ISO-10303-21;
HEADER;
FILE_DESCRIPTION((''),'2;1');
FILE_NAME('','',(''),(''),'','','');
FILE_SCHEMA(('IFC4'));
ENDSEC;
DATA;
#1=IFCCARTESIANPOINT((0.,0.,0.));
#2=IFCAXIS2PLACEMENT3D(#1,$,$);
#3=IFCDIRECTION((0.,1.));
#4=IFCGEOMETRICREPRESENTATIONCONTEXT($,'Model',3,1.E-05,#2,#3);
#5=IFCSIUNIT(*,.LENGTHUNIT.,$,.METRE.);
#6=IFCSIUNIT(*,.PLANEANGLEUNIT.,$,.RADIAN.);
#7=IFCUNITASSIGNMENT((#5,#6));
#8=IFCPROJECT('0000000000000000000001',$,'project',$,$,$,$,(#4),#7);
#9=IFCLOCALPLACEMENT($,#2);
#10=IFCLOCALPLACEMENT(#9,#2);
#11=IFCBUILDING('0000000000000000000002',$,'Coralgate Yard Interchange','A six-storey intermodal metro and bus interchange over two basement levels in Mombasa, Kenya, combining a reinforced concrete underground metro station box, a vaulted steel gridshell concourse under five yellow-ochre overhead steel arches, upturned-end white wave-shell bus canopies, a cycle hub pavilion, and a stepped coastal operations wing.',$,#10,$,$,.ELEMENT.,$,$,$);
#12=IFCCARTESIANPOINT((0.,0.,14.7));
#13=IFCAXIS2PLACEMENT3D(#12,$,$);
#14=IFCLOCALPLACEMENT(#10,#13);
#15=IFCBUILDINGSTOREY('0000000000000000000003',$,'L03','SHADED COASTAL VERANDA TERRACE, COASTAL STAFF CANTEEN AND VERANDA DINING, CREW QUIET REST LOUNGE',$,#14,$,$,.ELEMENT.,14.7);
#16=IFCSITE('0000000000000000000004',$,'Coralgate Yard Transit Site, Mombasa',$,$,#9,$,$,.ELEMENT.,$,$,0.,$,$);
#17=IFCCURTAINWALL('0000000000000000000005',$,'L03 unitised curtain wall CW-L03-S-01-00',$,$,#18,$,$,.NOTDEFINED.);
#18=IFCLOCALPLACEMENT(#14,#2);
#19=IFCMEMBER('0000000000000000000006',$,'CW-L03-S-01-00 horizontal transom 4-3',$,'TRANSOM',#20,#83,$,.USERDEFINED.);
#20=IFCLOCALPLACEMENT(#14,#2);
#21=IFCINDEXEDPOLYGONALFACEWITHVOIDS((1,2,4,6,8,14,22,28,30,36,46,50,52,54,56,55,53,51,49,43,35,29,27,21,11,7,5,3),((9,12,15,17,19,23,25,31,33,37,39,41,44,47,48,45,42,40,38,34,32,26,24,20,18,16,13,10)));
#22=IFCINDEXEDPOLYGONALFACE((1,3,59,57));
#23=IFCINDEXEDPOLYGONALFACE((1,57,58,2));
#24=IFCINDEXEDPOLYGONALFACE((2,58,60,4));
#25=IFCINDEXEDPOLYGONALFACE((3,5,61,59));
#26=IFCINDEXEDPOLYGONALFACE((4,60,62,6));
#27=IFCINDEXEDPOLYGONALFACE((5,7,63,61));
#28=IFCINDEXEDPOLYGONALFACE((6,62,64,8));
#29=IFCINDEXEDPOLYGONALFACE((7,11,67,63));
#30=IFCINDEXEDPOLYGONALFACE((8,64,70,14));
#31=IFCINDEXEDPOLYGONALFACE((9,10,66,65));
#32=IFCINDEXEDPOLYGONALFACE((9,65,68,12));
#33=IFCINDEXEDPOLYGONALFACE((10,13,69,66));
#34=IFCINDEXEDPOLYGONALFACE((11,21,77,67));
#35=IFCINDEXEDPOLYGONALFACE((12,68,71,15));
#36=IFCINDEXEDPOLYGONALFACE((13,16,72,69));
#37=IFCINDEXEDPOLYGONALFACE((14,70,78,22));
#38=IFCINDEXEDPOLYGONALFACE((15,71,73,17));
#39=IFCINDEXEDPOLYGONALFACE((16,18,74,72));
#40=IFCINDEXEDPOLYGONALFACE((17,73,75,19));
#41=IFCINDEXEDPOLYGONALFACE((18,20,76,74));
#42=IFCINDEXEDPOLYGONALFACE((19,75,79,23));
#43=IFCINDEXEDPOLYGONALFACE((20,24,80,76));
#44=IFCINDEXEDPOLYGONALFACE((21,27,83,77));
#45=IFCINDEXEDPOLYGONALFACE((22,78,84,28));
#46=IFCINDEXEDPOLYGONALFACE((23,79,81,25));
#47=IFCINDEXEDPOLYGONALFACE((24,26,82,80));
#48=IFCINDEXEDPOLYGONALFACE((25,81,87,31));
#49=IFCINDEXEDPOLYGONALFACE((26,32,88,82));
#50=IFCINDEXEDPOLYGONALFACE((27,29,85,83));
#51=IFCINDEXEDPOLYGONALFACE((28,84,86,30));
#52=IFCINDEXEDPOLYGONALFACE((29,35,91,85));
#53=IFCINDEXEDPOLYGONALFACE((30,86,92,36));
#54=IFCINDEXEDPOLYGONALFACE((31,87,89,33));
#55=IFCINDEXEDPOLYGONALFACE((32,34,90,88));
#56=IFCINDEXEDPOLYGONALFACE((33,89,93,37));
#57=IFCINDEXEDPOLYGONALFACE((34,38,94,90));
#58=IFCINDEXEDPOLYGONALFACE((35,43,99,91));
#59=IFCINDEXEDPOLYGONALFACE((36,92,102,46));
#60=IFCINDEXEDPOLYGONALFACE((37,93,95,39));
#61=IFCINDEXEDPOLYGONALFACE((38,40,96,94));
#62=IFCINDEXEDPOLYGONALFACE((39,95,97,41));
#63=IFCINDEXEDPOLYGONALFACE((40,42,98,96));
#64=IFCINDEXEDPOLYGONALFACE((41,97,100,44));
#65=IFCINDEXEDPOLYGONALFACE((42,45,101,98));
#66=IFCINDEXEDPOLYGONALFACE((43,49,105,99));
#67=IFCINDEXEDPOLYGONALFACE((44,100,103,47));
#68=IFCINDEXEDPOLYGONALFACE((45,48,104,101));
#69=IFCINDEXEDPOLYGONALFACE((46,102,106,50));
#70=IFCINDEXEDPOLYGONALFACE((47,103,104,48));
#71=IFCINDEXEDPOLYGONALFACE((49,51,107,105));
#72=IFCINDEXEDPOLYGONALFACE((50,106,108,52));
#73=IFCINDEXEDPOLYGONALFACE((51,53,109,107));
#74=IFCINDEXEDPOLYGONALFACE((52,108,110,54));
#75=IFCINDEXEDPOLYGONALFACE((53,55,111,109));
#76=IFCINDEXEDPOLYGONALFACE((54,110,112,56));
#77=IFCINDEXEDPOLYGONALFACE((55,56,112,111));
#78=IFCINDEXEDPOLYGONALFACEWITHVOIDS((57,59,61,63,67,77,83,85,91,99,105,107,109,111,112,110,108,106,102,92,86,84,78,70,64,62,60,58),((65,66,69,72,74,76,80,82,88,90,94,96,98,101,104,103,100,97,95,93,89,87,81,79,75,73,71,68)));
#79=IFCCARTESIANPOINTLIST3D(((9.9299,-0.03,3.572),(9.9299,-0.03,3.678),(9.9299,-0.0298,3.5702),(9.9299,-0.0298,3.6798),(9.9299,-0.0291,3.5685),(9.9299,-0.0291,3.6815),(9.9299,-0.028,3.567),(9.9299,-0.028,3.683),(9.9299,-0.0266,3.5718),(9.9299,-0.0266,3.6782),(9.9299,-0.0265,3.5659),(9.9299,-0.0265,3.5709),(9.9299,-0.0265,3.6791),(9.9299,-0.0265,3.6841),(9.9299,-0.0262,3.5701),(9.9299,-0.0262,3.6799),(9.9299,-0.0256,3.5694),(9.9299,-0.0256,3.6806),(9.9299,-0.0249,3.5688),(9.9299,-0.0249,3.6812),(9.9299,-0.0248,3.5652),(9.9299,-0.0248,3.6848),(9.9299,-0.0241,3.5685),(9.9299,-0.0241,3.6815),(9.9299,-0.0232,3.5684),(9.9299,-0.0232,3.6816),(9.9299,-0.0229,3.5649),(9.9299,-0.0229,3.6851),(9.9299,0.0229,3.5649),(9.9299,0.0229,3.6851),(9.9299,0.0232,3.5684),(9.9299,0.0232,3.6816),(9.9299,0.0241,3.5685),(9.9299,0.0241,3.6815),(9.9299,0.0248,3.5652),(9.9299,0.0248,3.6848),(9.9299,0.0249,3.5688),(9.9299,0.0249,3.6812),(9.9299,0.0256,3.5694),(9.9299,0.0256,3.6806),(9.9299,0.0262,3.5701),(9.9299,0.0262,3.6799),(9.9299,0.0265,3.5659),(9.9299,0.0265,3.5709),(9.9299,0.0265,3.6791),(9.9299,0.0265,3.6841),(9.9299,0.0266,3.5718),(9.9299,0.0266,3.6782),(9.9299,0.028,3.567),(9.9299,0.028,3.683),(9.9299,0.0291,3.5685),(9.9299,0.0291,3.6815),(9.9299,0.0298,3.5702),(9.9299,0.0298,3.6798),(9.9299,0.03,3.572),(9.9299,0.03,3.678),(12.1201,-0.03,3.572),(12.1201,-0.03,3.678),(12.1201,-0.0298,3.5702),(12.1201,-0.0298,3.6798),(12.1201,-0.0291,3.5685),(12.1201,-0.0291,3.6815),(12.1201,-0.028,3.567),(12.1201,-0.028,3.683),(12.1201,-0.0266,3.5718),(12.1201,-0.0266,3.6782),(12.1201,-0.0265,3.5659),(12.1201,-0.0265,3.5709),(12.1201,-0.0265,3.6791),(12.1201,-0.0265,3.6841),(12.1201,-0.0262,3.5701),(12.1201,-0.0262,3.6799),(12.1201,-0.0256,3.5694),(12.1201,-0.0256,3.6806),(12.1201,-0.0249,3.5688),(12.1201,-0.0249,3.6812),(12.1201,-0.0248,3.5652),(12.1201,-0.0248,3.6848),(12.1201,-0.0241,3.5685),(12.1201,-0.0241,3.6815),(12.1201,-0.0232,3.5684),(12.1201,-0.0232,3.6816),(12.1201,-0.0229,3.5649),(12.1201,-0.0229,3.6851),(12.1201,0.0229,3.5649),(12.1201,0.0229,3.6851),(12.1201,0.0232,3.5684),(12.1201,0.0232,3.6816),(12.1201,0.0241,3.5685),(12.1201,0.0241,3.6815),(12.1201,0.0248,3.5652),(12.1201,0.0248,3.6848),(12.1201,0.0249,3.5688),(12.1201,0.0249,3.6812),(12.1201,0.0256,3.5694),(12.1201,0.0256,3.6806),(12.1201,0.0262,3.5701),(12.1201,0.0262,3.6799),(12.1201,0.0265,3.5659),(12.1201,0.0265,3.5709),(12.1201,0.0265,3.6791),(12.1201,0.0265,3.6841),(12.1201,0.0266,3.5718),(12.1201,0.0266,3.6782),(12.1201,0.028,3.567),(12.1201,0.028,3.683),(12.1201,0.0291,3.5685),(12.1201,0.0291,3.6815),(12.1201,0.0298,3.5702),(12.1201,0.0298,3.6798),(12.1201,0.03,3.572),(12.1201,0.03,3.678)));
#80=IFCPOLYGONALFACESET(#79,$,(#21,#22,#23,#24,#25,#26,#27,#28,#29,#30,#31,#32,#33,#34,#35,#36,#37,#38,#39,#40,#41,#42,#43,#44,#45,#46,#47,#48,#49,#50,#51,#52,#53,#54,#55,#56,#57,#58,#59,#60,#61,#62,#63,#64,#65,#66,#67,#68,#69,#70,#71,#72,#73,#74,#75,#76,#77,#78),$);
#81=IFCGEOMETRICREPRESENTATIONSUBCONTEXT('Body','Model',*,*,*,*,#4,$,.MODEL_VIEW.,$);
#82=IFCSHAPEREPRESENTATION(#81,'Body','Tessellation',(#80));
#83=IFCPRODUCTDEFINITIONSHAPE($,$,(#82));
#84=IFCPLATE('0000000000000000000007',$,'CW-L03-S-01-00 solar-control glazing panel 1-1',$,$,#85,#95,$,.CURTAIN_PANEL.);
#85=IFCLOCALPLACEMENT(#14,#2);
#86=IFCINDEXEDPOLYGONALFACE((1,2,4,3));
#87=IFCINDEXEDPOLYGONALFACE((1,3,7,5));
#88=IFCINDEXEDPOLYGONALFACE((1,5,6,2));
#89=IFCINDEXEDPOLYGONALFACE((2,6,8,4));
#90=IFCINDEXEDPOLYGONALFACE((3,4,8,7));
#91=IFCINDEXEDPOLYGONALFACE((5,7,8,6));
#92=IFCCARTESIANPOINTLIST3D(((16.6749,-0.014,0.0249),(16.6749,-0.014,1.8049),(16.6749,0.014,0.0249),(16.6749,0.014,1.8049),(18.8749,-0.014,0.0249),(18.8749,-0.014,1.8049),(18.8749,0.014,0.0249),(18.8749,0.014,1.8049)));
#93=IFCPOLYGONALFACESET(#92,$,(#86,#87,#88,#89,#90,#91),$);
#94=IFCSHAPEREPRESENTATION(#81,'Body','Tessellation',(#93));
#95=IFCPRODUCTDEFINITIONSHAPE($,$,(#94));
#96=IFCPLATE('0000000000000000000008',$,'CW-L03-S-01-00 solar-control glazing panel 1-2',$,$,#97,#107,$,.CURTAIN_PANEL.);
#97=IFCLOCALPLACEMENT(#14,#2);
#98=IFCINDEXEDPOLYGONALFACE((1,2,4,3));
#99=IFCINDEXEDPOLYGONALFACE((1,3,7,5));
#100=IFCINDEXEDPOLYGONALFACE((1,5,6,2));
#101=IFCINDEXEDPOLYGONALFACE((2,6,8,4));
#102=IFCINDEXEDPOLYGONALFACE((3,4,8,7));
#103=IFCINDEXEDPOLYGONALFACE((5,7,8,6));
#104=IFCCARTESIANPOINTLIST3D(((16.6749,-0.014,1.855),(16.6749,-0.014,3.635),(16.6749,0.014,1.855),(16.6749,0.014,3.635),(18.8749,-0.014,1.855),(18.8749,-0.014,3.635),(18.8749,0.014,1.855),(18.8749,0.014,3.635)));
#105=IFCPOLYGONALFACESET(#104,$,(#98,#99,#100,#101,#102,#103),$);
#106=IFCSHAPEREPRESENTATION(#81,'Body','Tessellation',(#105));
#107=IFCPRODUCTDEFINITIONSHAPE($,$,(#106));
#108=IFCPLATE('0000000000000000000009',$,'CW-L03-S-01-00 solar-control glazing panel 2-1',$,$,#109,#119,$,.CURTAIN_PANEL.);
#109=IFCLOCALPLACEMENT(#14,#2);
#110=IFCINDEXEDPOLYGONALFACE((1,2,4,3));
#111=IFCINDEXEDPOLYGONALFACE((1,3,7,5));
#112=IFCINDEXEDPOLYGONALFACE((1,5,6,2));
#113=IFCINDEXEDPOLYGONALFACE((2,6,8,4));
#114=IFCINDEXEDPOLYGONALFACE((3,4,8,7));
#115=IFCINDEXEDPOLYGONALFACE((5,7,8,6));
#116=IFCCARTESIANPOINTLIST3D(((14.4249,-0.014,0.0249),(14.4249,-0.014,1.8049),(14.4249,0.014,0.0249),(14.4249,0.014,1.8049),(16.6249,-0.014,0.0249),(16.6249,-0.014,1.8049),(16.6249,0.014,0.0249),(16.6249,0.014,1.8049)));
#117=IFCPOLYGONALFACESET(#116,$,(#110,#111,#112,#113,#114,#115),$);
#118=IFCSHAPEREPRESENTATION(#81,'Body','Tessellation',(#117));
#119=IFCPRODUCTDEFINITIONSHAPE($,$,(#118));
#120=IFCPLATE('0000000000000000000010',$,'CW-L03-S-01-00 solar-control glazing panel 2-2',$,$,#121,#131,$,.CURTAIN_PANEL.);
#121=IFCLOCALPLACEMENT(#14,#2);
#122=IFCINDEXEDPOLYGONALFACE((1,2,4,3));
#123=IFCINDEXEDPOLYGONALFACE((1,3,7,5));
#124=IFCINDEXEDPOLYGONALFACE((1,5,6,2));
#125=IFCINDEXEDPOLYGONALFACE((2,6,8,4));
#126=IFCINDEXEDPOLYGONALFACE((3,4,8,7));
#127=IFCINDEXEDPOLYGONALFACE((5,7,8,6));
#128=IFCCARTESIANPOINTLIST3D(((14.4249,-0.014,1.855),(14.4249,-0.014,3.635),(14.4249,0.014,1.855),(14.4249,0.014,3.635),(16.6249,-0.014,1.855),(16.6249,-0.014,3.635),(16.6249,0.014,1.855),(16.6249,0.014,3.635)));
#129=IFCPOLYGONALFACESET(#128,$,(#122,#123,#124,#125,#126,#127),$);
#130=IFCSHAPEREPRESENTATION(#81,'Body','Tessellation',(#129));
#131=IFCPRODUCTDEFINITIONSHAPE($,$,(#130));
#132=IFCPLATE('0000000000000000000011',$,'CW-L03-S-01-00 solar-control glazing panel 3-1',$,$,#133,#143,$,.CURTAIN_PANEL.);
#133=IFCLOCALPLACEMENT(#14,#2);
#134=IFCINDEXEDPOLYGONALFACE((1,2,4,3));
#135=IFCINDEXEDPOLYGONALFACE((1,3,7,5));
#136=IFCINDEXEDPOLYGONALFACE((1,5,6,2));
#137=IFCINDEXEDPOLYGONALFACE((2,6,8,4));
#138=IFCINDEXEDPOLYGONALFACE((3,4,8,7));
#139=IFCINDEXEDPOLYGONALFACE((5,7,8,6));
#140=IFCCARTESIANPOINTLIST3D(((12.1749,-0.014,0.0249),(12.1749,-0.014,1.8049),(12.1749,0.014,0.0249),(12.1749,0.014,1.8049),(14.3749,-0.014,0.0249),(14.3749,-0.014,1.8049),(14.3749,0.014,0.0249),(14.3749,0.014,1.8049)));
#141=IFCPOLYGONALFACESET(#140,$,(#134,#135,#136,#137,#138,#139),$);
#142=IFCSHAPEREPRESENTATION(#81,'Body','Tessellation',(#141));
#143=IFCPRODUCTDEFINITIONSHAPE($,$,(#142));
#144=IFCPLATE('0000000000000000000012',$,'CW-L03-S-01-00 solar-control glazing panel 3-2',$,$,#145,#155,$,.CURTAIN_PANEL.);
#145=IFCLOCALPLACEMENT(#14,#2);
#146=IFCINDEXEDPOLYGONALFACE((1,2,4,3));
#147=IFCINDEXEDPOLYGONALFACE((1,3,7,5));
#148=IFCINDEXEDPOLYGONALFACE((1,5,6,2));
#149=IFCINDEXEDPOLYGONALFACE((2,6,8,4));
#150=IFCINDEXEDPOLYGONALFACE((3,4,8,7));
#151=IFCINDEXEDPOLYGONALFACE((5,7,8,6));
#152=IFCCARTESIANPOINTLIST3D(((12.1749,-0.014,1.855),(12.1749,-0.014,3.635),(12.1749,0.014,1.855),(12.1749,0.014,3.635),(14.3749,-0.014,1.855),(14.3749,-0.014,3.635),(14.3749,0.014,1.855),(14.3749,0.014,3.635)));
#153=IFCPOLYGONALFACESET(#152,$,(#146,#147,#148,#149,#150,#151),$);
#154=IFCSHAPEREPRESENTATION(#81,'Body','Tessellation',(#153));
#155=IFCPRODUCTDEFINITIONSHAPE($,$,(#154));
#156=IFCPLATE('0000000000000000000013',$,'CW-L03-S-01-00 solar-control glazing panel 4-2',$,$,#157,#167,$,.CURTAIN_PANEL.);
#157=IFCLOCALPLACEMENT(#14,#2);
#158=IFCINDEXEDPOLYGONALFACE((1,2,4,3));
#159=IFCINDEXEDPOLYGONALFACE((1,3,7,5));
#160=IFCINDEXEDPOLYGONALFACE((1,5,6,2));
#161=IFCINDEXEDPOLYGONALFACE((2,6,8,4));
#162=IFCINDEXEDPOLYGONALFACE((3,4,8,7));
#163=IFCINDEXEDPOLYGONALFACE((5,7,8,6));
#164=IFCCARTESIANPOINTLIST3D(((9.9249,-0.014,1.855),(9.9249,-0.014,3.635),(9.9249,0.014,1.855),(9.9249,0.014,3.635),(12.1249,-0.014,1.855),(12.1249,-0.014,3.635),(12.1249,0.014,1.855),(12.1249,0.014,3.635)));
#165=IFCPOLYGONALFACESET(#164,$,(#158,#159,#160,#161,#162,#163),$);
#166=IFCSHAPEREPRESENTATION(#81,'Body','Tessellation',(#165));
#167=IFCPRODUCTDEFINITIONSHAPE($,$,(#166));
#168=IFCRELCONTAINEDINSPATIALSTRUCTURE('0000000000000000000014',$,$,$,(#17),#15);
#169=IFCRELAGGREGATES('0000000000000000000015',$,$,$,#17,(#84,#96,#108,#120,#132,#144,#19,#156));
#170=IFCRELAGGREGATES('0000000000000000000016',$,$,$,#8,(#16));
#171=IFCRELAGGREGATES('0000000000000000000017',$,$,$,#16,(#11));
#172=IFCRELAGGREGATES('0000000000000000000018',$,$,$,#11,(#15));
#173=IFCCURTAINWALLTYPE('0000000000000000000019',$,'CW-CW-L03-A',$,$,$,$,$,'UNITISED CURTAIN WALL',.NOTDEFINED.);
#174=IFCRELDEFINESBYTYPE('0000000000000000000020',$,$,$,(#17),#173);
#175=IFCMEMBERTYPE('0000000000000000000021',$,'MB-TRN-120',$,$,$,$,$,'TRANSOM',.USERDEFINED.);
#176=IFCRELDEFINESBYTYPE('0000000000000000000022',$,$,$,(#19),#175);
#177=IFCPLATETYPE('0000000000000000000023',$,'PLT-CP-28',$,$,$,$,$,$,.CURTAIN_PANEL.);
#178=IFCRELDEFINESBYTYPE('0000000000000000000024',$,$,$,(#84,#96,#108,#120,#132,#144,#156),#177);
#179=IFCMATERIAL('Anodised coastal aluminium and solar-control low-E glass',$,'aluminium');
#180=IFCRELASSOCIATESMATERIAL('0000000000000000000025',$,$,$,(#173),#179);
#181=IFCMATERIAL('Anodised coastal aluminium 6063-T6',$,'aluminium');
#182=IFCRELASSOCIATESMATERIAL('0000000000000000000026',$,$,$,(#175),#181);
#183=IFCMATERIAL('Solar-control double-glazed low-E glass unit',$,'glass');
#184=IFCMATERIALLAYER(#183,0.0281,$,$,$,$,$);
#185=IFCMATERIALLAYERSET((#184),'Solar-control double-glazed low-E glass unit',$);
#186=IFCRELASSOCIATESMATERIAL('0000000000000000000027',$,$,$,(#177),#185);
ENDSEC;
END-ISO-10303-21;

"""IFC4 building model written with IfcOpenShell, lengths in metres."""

from ifc_helpers import new_model, si_unit, direction, frame, origin, origin_2d, place, context, subcontext, project, spatial, rectangle, hollow_rectangle, extrude, material, layer, layer_set, material_profile, profile_set, type_object, element, aggregate, save


model = new_model("IFC4")

# Units and contexts
model_context = context("Model", 3, precision=1e-05, world=origin(), true_north=direction((0.0, 1.0)))
body_context = subcontext(model_context, "Body", "Model", "MODEL_VIEW")
ifc_project = project(units=[si_unit("LENGTHUNIT", "METRE"), si_unit("PLANEANGLEUNIT", "RADIAN")], contexts=[model_context])

# Site, building, storey
site_placement = place(None, origin())
site = spatial("IfcSite", under=ifc_project, at=site_placement, Name="Coralgate Yard Transit Site, Mombasa", CompositionType="ELEMENT", RefElevation=0.0)
building_placement = place(site_placement, origin())
building = spatial("IfcBuilding", under=site, at=building_placement, Name="Coralgate Yard Interchange", Description="A six-storey intermodal metro and bus interchange over two basement levels in Mombasa, Kenya, combining a reinforced concrete underground metro station box, a vaulted steel gridshell concourse under five yellow-ochre overhead steel arches, upturned-end white wave-shell bus canopies, a cycle hub pavilion, and a stepped coastal operations wing.", CompositionType="ELEMENT")
storey_placement = place(building_placement, frame((0.0, 0.0, 14.7)))
storey = spatial("IfcBuildingStorey", under=building, at=storey_placement, Name="L03", Description="SHADED COASTAL VERANDA TERRACE, COASTAL STAFF CANTEEN AND VERANDA DINING, CREW QUIET REST LOUNGE", CompositionType="ELEMENT", Elevation=14.7)

# Curtain wall, member, plates
ifc_material_1 = material(Name="Anodised coastal aluminium and solar-control low-E glass", Category="aluminium")
curtain_wall_type = type_object("IfcCurtainWallType", Name="CW-CW-L03-A", ElementType="UNITISED CURTAIN WALL", PredefinedType="NOTDEFINED", material=ifc_material_1)
curtain_wall_placement = place(storey_placement, origin())
curtain_wall = element("IfcCurtainWall", 1, at=curtain_wall_placement, inside=storey, type_object=curtain_wall_type, Name="L03 unitised curtain wall CW-L03-S-01-00", PredefinedType="NOTDEFINED")
ifc_material_2 = material(Name="Anodised coastal aluminium 6063-T6", Category="aluminium")
ifc_material_profile_1 = material_profile(ifc_material_2, hollow_rectangle(XDim=0.0601, YDim=0.1201, WallThickness=0.0034, InnerFilletRadius=0.0034, OuterFilletRadius=0.0071, at=origin_2d()), Name="ALU 60x120x3.5")
ifc_profile_set_1 = profile_set([ifc_material_profile_1], Name="Anodised coastal aluminium 6063-T6")
member_type_1 = type_object("IfcMemberType", Name="MB-TRN-120", ElementType="TRANSOM", PredefinedType="USERDEFINED", material=ifc_profile_set_1)
member_1_placement = place(storey_placement, frame((12.1201, 0.0, 3.625), z_axis=(-1.0, 0.0, 0.0), x_axis=(0.0, -1.0, 0.0)))
member_1 = element("IfcMember", 2, at=member_1_placement, type_object=member_type_1, Name="CW-L03-S-01-00 horizontal transom 4-3", ObjectType="TRANSOM", PredefinedType="USERDEFINED", context=body_context, shape_type="SweptSolid", body=[
    extrude(hollow_rectangle(XDim=0.0601, YDim=0.1201, WallThickness=0.0034, InnerFilletRadius=0.0034, OuterFilletRadius=0.0071, at=origin_2d()), origin(), (0.0, 0.0, 1.0), 2.1902),
])
ifc_material_3 = material(Name="Solar-control double-glazed low-E glass unit", Category="glass")
ifc_layer = layer(ifc_material_3, 0.0281)
ifc_layer_set = layer_set([ifc_layer], Name="Solar-control double-glazed low-E glass unit")
plate_type = type_object("IfcPlateType", Name="PLT-CP-28", PredefinedType="CURTAIN_PANEL", material=ifc_layer_set)
plate_1_placement = place(storey_placement, frame((17.7749, 0.0, 0.0249), z_axis=(0.0, 0.0, 1.0), x_axis=(-1.0, 0.0, 0.0)))
plate_1 = element("IfcPlate", 3, at=plate_1_placement, type_object=plate_type, Name="CW-L03-S-01-00 solar-control glazing panel 1-1", PredefinedType="CURTAIN_PANEL", context=body_context, shape_type="SweptSolid", body=[
    extrude(rectangle(XDim=2.2, YDim=0.0281, at=origin_2d()), origin(), (0.0, 0.0, 1.0), 1.78),
])
plate_2_placement = place(storey_placement, frame((17.7749, 0.0, 1.855), z_axis=(0.0, 0.0, 1.0), x_axis=(-1.0, 0.0, 0.0)))
plate_2 = element("IfcPlate", 4, at=plate_2_placement, type_object=plate_type, Name="CW-L03-S-01-00 solar-control glazing panel 1-2", PredefinedType="CURTAIN_PANEL", context=body_context, shape_type="SweptSolid", body=[
    extrude(rectangle(XDim=2.2, YDim=0.0281, at=origin_2d()), origin(), (0.0, 0.0, 1.0), 1.78),
])
plate_3_placement = place(storey_placement, frame((15.5249, 0.0, 0.0249), z_axis=(0.0, 0.0, 1.0), x_axis=(-1.0, 0.0, 0.0)))
plate_3 = element("IfcPlate", 5, at=plate_3_placement, type_object=plate_type, Name="CW-L03-S-01-00 solar-control glazing panel 2-1", PredefinedType="CURTAIN_PANEL", context=body_context, shape_type="SweptSolid", body=[
    extrude(rectangle(XDim=2.2, YDim=0.0281, at=origin_2d()), origin(), (0.0, 0.0, 1.0), 1.78),
])
plate_4_placement = place(storey_placement, frame((15.5249, 0.0, 1.855), z_axis=(0.0, 0.0, 1.0), x_axis=(-1.0, 0.0, 0.0)))
plate_4 = element("IfcPlate", 6, at=plate_4_placement, type_object=plate_type, Name="CW-L03-S-01-00 solar-control glazing panel 2-2", PredefinedType="CURTAIN_PANEL", context=body_context, shape_type="SweptSolid", body=[
    extrude(rectangle(XDim=2.2, YDim=0.0281, at=origin_2d()), origin(), (0.0, 0.0, 1.0), 1.78),
])
plate_5_placement = place(storey_placement, frame((13.2749, 0.0, 0.0249), z_axis=(0.0, 0.0, 1.0), x_axis=(-1.0, 0.0, 0.0)))
plate_5 = element("IfcPlate", 7, at=plate_5_placement, type_object=plate_type, Name="CW-L03-S-01-00 solar-control glazing panel 3-1", PredefinedType="CURTAIN_PANEL", context=body_context, shape_type="SweptSolid", body=[
    extrude(rectangle(XDim=2.2, YDim=0.0281, at=origin_2d()), origin(), (0.0, 0.0, 1.0), 1.78),
])
plate_6_placement = place(storey_placement, frame((13.2749, 0.0, 1.855), z_axis=(0.0, 0.0, 1.0), x_axis=(-1.0, 0.0, 0.0)))
plate_6 = element("IfcPlate", 8, at=plate_6_placement, type_object=plate_type, Name="CW-L03-S-01-00 solar-control glazing panel 3-2", PredefinedType="CURTAIN_PANEL", context=body_context, shape_type="SweptSolid", body=[
    extrude(rectangle(XDim=2.2, YDim=0.0281, at=origin_2d()), origin(), (0.0, 0.0, 1.0), 1.78),
])
plate_7_placement = place(storey_placement, frame((11.0249, 0.0, 1.855), z_axis=(0.0, 0.0, 1.0), x_axis=(-1.0, 0.0, 0.0)))
plate_7 = element("IfcPlate", 9, at=plate_7_placement, type_object=plate_type, Name="CW-L03-S-01-00 solar-control glazing panel 4-2", PredefinedType="CURTAIN_PANEL", context=body_context, shape_type="SweptSolid", body=[
    extrude(rectangle(XDim=2.2, YDim=0.0281, at=origin_2d()), origin(), (0.0, 0.0, 1.0), 1.78),
])
aggregate(curtain_wall, [plate_1, plate_2, plate_3, plate_4, plate_5, plate_6, member_1, plate_7])

save(model, "model.ifc")
